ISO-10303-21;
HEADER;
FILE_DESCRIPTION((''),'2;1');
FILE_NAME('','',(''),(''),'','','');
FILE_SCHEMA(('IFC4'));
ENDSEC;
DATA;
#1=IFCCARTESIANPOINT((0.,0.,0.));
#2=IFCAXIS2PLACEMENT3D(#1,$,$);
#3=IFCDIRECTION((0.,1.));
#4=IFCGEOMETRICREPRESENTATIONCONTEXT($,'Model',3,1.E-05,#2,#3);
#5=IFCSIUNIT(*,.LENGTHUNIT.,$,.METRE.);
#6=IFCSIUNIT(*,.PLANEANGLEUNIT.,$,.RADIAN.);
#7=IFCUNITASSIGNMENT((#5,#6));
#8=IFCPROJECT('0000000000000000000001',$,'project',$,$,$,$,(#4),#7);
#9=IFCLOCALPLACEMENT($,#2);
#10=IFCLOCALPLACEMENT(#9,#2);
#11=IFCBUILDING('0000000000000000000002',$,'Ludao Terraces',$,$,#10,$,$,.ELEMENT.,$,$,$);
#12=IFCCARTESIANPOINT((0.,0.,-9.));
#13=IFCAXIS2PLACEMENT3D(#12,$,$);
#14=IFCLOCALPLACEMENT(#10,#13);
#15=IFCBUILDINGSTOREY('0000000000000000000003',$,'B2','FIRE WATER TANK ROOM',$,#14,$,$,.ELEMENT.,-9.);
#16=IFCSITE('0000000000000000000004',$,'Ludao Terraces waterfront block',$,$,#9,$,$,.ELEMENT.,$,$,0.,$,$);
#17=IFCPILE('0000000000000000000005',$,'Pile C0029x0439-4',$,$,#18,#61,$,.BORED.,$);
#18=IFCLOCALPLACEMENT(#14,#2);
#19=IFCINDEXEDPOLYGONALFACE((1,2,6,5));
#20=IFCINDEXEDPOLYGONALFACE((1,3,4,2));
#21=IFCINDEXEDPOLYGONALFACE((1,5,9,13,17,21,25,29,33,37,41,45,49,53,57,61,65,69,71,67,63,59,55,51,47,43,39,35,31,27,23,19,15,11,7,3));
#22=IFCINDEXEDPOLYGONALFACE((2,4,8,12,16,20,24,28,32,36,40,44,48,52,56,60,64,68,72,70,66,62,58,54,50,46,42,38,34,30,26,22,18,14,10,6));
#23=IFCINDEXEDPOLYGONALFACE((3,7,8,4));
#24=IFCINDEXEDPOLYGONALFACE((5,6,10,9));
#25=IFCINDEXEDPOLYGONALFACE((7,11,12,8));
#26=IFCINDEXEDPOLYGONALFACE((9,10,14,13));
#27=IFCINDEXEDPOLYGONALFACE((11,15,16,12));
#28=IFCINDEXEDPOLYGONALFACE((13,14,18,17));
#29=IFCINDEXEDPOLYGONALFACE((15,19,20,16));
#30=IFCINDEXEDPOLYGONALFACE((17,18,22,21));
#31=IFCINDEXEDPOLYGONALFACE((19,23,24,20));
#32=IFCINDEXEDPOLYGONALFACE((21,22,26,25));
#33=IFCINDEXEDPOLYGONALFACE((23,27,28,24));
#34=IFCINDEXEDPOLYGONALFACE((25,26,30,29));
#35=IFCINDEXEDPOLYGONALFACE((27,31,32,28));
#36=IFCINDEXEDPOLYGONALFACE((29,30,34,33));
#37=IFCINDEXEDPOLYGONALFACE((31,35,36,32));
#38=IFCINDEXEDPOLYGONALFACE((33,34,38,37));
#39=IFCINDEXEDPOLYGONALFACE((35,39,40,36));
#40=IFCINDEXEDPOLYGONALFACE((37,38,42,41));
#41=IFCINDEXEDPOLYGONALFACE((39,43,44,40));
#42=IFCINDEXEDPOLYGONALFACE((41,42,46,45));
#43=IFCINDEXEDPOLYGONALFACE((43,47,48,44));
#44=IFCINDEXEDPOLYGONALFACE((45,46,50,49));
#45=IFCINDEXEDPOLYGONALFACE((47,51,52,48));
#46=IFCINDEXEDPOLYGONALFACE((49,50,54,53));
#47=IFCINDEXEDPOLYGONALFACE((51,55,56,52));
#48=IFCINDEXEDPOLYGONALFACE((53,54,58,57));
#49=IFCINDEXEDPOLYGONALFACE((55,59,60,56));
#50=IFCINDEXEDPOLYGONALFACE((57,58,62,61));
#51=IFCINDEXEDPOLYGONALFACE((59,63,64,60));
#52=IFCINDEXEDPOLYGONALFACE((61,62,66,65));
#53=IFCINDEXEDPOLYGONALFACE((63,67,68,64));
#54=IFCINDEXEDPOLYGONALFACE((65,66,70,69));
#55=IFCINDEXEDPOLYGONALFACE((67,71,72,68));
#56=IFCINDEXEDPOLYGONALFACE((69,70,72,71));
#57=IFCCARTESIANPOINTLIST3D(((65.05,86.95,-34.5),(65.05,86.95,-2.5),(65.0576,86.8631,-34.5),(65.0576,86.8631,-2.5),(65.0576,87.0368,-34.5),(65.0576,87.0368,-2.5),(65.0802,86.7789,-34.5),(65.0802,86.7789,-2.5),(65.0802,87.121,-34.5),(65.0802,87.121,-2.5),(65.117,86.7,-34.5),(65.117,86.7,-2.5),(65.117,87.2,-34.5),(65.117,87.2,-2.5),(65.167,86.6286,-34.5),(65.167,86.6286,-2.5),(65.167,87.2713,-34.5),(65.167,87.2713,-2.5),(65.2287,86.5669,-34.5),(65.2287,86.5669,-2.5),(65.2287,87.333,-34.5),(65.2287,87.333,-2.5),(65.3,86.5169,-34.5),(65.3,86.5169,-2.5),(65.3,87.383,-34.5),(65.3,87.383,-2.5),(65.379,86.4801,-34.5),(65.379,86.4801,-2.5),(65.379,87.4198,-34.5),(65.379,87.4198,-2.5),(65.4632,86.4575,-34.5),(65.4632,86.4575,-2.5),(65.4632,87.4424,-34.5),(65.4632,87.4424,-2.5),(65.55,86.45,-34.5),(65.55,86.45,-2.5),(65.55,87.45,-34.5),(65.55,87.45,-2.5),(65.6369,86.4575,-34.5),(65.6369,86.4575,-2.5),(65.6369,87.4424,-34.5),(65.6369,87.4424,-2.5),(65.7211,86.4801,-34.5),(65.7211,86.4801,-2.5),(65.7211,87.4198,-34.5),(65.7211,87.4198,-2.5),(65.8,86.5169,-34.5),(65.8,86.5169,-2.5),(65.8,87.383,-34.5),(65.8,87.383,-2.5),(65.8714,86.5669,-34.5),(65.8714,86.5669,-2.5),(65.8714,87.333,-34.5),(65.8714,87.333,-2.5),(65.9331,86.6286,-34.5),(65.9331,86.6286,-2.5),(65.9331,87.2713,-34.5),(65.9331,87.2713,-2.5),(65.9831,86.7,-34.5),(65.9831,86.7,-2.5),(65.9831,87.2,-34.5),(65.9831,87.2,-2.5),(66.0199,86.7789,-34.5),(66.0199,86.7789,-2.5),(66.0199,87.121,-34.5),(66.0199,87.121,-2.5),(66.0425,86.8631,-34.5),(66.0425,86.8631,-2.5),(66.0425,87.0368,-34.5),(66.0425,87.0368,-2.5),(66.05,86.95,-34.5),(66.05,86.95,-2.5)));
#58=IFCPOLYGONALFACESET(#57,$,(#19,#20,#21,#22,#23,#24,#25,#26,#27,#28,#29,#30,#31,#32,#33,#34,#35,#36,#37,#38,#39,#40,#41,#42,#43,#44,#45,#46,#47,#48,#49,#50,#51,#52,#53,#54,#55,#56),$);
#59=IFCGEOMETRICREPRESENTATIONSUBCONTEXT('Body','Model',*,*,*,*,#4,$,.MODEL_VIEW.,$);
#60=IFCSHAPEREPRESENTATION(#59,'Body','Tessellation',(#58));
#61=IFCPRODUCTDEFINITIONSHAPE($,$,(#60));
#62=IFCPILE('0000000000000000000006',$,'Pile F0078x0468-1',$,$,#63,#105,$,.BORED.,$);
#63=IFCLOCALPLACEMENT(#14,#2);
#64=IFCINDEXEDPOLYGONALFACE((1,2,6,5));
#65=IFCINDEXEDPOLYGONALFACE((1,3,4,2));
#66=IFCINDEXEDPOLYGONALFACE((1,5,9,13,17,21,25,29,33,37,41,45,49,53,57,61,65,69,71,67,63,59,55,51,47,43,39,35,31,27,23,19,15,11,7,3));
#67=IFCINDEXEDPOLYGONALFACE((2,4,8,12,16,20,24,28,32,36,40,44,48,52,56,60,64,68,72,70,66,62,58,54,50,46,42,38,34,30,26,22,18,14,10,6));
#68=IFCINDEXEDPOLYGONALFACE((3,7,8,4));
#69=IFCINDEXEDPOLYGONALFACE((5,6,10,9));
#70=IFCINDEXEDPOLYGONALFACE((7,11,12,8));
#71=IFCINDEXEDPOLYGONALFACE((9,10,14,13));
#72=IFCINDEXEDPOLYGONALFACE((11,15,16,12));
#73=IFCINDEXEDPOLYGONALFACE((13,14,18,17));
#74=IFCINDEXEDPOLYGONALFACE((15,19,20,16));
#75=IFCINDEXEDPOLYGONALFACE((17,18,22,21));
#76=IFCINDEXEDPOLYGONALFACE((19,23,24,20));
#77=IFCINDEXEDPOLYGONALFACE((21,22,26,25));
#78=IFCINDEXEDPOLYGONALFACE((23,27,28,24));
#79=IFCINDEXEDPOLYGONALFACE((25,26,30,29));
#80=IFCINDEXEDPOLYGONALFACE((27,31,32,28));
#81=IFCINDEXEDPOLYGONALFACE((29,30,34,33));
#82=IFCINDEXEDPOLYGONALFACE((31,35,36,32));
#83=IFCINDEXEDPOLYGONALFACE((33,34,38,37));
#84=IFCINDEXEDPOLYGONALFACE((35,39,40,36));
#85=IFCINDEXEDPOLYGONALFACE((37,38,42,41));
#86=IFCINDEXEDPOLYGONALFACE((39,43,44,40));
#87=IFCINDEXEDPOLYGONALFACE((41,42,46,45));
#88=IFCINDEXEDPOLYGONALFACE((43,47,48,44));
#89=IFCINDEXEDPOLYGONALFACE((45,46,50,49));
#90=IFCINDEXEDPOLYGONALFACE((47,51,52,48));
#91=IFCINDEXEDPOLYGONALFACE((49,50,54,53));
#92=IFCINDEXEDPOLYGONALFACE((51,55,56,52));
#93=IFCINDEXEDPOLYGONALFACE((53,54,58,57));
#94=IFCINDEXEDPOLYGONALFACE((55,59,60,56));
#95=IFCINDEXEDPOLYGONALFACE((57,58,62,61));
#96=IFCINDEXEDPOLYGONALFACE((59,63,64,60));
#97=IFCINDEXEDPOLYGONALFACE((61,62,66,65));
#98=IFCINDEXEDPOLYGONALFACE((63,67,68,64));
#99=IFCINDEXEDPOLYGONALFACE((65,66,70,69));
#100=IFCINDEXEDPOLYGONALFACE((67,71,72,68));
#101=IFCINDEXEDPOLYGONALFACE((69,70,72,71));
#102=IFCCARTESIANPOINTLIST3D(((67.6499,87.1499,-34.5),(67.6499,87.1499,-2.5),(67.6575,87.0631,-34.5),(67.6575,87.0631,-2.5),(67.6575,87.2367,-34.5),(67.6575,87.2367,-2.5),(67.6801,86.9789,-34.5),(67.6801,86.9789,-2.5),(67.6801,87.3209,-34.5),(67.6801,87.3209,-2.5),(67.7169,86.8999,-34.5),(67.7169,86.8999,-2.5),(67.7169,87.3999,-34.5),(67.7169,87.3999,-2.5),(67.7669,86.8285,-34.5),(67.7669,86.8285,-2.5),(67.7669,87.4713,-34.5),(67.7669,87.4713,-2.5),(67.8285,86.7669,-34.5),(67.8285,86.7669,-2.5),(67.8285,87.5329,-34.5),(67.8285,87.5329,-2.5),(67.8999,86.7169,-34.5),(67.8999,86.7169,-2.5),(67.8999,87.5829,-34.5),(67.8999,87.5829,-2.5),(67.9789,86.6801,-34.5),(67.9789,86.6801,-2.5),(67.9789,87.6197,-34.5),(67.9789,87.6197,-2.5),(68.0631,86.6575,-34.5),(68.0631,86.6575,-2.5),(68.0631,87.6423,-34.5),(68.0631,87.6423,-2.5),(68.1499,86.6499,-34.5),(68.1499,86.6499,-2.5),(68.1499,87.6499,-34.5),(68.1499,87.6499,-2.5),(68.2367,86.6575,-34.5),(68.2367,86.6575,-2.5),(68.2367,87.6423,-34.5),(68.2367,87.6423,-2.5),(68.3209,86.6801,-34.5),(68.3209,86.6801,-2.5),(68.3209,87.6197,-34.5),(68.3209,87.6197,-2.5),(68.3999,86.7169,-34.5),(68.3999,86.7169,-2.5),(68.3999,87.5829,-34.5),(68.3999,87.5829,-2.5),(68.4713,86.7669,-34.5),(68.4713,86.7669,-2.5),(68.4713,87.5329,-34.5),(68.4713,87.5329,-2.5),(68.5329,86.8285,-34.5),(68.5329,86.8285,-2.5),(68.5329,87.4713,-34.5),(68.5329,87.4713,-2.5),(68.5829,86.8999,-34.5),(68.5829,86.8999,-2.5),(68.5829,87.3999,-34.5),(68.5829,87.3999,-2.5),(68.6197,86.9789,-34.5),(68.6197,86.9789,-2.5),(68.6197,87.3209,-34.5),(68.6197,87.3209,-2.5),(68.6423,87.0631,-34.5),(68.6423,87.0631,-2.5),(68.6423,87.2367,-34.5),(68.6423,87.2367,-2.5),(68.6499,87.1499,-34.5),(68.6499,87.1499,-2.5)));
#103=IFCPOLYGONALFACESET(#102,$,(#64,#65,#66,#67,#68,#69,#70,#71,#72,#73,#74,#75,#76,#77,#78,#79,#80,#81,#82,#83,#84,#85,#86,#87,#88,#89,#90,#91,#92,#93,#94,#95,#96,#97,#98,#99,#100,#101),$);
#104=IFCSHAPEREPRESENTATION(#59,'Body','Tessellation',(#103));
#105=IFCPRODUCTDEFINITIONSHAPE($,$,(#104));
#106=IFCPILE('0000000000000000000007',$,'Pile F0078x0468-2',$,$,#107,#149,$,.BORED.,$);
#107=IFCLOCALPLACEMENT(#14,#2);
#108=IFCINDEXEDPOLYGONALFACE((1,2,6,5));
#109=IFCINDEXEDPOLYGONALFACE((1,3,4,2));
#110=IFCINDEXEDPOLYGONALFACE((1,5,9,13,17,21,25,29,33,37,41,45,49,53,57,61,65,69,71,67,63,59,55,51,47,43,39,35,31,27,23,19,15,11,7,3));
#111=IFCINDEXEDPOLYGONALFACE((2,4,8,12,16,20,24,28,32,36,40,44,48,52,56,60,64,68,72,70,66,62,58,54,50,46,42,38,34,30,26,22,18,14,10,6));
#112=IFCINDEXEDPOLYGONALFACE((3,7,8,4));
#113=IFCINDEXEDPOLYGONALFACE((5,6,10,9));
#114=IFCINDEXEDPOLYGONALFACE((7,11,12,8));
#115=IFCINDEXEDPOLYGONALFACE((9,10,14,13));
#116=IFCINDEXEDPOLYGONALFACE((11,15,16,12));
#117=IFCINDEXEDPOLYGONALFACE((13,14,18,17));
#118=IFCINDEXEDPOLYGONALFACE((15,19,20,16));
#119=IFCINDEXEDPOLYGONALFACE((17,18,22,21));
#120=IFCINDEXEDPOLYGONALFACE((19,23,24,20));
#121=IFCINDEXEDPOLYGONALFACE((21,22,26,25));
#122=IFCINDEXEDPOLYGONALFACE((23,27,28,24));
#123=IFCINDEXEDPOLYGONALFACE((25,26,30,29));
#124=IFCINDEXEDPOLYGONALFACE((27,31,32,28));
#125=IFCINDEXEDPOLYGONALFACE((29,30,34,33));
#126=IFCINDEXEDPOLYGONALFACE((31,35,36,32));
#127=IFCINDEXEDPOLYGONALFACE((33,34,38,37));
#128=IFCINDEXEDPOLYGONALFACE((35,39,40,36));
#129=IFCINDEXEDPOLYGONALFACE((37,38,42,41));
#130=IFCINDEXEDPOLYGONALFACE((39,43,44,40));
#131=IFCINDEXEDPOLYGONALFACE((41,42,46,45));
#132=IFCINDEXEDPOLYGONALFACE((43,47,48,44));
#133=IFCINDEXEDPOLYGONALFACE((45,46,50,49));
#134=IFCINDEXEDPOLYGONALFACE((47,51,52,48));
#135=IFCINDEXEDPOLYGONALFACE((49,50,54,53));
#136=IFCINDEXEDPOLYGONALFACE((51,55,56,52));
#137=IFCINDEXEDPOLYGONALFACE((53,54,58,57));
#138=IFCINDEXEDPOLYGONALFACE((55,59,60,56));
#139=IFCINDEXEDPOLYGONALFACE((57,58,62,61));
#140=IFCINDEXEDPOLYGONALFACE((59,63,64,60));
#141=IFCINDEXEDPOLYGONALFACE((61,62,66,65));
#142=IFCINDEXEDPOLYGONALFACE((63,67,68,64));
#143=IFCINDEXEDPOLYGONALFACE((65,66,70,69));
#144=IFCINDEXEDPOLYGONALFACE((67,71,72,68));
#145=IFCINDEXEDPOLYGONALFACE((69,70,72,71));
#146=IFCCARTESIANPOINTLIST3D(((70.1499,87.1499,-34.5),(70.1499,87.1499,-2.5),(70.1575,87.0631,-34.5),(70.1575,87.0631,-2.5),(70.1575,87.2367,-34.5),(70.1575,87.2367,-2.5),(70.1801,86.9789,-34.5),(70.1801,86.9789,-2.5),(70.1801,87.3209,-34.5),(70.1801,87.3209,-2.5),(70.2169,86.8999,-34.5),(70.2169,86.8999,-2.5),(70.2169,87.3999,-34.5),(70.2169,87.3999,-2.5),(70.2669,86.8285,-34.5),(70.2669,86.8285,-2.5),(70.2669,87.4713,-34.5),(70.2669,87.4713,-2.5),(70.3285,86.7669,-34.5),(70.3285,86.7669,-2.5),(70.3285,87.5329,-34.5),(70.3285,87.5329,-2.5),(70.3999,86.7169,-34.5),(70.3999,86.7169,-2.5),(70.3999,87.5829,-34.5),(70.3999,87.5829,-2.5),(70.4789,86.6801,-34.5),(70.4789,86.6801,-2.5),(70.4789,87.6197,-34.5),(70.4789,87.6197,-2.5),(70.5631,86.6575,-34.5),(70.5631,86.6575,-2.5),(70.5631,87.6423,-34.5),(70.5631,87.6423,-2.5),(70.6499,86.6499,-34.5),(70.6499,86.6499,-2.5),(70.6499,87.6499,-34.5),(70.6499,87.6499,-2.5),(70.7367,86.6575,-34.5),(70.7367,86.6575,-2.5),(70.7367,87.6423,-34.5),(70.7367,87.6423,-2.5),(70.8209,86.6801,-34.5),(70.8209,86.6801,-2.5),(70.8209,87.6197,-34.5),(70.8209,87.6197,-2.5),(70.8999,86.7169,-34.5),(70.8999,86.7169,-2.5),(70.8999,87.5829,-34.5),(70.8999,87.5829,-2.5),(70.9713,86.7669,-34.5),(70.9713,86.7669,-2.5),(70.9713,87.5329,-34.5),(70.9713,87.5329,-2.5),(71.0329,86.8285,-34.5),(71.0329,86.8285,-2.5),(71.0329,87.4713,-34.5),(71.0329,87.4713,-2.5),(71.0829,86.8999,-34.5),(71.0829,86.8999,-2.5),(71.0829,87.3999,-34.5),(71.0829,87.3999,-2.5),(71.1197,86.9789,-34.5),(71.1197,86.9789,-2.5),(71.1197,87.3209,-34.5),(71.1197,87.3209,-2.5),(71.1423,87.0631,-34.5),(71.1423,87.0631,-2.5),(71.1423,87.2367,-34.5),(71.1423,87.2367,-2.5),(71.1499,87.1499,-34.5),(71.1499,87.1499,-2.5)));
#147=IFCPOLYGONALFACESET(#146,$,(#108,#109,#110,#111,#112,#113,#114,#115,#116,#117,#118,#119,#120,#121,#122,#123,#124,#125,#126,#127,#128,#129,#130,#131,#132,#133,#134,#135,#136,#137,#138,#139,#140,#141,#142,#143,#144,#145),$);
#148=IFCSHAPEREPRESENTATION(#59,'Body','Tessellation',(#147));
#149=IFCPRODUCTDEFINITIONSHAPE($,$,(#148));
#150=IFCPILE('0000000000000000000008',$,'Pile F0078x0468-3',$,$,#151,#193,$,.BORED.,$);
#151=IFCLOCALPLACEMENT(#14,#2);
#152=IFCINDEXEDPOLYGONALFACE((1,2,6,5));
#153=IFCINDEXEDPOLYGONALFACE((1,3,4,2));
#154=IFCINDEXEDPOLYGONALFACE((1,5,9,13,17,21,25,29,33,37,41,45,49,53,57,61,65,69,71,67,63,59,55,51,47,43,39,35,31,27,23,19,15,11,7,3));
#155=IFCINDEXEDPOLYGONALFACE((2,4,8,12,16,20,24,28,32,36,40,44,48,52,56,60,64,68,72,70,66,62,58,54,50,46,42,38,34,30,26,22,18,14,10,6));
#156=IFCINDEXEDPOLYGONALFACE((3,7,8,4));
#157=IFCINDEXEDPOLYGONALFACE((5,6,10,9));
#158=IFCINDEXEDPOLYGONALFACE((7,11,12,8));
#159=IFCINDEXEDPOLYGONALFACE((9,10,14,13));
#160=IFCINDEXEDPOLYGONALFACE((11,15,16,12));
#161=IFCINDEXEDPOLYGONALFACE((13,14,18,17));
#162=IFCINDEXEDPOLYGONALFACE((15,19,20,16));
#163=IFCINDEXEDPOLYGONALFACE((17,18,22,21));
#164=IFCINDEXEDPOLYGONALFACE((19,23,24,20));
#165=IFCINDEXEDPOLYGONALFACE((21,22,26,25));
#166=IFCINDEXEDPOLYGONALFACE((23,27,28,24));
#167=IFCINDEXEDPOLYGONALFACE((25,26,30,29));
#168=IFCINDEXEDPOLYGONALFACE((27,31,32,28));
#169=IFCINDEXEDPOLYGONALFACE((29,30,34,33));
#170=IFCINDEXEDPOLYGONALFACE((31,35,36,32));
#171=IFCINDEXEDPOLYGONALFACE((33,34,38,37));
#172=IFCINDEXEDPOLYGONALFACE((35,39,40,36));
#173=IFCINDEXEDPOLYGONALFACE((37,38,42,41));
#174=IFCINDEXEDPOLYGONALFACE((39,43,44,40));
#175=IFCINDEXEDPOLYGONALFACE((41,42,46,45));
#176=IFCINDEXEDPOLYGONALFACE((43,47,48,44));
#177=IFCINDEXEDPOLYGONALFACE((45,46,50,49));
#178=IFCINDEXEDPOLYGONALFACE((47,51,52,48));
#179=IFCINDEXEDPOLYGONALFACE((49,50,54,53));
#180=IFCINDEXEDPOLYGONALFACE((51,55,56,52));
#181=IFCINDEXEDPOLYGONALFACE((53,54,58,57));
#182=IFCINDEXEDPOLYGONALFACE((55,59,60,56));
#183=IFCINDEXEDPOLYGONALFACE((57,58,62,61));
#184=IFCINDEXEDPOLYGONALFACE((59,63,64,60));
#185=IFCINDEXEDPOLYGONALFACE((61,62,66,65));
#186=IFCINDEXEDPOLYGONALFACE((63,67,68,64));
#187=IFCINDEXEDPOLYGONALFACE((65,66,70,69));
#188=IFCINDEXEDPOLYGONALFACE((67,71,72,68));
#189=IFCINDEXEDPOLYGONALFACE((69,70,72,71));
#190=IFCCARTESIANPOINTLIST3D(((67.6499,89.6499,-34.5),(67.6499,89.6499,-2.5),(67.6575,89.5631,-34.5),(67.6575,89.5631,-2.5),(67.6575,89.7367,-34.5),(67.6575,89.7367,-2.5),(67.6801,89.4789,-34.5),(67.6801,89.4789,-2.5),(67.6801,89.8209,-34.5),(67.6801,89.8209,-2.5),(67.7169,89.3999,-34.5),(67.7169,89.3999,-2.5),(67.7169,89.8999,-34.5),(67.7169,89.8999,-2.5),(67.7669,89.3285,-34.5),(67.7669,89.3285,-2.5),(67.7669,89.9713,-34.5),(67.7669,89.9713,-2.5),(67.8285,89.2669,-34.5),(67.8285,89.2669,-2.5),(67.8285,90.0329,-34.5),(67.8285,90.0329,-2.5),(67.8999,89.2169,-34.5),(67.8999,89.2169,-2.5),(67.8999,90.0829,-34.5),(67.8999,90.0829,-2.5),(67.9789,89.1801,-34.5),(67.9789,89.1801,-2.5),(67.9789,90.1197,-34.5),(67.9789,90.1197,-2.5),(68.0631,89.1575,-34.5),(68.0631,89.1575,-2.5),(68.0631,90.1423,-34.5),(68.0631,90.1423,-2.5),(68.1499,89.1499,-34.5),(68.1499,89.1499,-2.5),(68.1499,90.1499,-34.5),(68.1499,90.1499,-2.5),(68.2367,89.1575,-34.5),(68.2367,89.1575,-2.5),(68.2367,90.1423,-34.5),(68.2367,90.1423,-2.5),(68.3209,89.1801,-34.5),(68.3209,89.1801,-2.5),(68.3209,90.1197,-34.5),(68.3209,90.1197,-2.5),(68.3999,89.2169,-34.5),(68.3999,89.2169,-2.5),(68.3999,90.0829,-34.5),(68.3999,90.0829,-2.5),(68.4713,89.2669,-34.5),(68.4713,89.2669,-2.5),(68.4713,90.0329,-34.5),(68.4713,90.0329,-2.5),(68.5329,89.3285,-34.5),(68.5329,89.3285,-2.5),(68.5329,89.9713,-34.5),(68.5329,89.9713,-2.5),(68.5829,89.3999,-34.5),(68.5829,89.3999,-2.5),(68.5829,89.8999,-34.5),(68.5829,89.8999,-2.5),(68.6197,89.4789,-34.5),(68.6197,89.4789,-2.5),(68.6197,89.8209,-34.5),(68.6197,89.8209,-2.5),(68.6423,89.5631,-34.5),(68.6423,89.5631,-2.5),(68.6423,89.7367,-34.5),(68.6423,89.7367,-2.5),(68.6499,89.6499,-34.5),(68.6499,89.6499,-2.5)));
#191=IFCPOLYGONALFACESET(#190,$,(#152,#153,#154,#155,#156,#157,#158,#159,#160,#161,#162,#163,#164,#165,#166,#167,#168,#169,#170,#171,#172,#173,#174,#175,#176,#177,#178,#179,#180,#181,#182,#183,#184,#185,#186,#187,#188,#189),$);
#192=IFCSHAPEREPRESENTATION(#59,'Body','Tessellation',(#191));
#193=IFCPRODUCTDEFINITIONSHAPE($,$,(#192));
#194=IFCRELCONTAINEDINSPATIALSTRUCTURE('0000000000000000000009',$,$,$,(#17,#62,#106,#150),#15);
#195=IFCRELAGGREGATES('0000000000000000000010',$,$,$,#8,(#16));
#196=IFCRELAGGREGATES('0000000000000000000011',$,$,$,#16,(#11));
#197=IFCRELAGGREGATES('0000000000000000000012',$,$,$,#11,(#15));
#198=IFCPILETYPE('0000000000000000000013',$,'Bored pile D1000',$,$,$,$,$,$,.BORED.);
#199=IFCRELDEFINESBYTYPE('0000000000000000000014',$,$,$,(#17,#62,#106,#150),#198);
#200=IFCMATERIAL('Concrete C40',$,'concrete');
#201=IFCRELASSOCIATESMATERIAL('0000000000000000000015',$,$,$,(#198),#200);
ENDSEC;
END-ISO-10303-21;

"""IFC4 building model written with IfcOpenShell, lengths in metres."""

from ifc_helpers import new_model, si_unit, direction, frame, origin, origin_2d, place, context, subcontext, project, spatial, circle, extrude, material, material_profile, profile_set, type_object, element, save


model = new_model("IFC4")

# Units and contexts
model_context = context("Model", 3, precision=1e-05, world=origin(), true_north=direction((0.0, 1.0)))
body_context = subcontext(model_context, "Body", "Model", "MODEL_VIEW")
ifc_project = project(units=[si_unit("LENGTHUNIT", "METRE"), si_unit("PLANEANGLEUNIT", "RADIAN")], contexts=[model_context])

# Site, building, storey
site_placement = place(None, origin())
site = spatial("IfcSite", under=ifc_project, at=site_placement, Name="Ludao Terraces waterfront block", CompositionType="ELEMENT", RefElevation=0.0)
building_placement = place(site_placement, origin())
building = spatial("IfcBuilding", under=site, at=building_placement, Name="Ludao Terraces", CompositionType="ELEMENT")
storey_placement = place(building_placement, frame((0.0, 0.0, -9.0)))
storey = spatial("IfcBuildingStorey", under=building, at=storey_placement, Name="B2", Description="FIRE WATER TANK ROOM", CompositionType="ELEMENT", Elevation=-9.0)

# Piles
ifc_material_1 = material(Name="Concrete C40", Category="concrete")
ifc_material_profile_1 = material_profile(ifc_material_1, circle(Radius=0.5, at=origin_2d()), Name="D1000 BORED PILE")
ifc_profile_set_1 = profile_set([ifc_material_profile_1], Name="Concrete C40")
pile_type = type_object("IfcPileType", Name="Bored pile D1000", PredefinedType="BORED", material=ifc_profile_set_1)
for number, where, z_axis, x_axis, name in (
    (1, (65.55, 86.95, -2.5), (0.0, 0.0, -1.0), (1.0, 0.0, 0.0), "Pile C0029x0439-4"),
    (2, (68.1499, 87.1499, -2.5), (0.0, 0.0, -1.0), (1.0, 0.0, 0.0), "Pile F0078x0468-1"),
    (3, (70.6499, 87.1499, -2.5), (0.0, 0.0, -1.0), (1.0, 0.0, 0.0), "Pile F0078x0468-2"),
    (4, (68.1499, 89.6499, -2.5), (0.0, 0.0, -1.0), (1.0, 0.0, 0.0), "Pile F0078x0468-3"),
):
    element("IfcPile", number, at=place(storey_placement, frame(where, z_axis=z_axis, x_axis=x_axis)), inside=storey, type_object=pile_type, Name=name, PredefinedType="BORED", context=body_context, shape_type="SweptSolid", body=[
        extrude(circle(Radius=0.5, at=origin_2d()), origin(), (0.0, 0.0, 1.0), 32.0),
    ])

save(model, "model.ifc")
